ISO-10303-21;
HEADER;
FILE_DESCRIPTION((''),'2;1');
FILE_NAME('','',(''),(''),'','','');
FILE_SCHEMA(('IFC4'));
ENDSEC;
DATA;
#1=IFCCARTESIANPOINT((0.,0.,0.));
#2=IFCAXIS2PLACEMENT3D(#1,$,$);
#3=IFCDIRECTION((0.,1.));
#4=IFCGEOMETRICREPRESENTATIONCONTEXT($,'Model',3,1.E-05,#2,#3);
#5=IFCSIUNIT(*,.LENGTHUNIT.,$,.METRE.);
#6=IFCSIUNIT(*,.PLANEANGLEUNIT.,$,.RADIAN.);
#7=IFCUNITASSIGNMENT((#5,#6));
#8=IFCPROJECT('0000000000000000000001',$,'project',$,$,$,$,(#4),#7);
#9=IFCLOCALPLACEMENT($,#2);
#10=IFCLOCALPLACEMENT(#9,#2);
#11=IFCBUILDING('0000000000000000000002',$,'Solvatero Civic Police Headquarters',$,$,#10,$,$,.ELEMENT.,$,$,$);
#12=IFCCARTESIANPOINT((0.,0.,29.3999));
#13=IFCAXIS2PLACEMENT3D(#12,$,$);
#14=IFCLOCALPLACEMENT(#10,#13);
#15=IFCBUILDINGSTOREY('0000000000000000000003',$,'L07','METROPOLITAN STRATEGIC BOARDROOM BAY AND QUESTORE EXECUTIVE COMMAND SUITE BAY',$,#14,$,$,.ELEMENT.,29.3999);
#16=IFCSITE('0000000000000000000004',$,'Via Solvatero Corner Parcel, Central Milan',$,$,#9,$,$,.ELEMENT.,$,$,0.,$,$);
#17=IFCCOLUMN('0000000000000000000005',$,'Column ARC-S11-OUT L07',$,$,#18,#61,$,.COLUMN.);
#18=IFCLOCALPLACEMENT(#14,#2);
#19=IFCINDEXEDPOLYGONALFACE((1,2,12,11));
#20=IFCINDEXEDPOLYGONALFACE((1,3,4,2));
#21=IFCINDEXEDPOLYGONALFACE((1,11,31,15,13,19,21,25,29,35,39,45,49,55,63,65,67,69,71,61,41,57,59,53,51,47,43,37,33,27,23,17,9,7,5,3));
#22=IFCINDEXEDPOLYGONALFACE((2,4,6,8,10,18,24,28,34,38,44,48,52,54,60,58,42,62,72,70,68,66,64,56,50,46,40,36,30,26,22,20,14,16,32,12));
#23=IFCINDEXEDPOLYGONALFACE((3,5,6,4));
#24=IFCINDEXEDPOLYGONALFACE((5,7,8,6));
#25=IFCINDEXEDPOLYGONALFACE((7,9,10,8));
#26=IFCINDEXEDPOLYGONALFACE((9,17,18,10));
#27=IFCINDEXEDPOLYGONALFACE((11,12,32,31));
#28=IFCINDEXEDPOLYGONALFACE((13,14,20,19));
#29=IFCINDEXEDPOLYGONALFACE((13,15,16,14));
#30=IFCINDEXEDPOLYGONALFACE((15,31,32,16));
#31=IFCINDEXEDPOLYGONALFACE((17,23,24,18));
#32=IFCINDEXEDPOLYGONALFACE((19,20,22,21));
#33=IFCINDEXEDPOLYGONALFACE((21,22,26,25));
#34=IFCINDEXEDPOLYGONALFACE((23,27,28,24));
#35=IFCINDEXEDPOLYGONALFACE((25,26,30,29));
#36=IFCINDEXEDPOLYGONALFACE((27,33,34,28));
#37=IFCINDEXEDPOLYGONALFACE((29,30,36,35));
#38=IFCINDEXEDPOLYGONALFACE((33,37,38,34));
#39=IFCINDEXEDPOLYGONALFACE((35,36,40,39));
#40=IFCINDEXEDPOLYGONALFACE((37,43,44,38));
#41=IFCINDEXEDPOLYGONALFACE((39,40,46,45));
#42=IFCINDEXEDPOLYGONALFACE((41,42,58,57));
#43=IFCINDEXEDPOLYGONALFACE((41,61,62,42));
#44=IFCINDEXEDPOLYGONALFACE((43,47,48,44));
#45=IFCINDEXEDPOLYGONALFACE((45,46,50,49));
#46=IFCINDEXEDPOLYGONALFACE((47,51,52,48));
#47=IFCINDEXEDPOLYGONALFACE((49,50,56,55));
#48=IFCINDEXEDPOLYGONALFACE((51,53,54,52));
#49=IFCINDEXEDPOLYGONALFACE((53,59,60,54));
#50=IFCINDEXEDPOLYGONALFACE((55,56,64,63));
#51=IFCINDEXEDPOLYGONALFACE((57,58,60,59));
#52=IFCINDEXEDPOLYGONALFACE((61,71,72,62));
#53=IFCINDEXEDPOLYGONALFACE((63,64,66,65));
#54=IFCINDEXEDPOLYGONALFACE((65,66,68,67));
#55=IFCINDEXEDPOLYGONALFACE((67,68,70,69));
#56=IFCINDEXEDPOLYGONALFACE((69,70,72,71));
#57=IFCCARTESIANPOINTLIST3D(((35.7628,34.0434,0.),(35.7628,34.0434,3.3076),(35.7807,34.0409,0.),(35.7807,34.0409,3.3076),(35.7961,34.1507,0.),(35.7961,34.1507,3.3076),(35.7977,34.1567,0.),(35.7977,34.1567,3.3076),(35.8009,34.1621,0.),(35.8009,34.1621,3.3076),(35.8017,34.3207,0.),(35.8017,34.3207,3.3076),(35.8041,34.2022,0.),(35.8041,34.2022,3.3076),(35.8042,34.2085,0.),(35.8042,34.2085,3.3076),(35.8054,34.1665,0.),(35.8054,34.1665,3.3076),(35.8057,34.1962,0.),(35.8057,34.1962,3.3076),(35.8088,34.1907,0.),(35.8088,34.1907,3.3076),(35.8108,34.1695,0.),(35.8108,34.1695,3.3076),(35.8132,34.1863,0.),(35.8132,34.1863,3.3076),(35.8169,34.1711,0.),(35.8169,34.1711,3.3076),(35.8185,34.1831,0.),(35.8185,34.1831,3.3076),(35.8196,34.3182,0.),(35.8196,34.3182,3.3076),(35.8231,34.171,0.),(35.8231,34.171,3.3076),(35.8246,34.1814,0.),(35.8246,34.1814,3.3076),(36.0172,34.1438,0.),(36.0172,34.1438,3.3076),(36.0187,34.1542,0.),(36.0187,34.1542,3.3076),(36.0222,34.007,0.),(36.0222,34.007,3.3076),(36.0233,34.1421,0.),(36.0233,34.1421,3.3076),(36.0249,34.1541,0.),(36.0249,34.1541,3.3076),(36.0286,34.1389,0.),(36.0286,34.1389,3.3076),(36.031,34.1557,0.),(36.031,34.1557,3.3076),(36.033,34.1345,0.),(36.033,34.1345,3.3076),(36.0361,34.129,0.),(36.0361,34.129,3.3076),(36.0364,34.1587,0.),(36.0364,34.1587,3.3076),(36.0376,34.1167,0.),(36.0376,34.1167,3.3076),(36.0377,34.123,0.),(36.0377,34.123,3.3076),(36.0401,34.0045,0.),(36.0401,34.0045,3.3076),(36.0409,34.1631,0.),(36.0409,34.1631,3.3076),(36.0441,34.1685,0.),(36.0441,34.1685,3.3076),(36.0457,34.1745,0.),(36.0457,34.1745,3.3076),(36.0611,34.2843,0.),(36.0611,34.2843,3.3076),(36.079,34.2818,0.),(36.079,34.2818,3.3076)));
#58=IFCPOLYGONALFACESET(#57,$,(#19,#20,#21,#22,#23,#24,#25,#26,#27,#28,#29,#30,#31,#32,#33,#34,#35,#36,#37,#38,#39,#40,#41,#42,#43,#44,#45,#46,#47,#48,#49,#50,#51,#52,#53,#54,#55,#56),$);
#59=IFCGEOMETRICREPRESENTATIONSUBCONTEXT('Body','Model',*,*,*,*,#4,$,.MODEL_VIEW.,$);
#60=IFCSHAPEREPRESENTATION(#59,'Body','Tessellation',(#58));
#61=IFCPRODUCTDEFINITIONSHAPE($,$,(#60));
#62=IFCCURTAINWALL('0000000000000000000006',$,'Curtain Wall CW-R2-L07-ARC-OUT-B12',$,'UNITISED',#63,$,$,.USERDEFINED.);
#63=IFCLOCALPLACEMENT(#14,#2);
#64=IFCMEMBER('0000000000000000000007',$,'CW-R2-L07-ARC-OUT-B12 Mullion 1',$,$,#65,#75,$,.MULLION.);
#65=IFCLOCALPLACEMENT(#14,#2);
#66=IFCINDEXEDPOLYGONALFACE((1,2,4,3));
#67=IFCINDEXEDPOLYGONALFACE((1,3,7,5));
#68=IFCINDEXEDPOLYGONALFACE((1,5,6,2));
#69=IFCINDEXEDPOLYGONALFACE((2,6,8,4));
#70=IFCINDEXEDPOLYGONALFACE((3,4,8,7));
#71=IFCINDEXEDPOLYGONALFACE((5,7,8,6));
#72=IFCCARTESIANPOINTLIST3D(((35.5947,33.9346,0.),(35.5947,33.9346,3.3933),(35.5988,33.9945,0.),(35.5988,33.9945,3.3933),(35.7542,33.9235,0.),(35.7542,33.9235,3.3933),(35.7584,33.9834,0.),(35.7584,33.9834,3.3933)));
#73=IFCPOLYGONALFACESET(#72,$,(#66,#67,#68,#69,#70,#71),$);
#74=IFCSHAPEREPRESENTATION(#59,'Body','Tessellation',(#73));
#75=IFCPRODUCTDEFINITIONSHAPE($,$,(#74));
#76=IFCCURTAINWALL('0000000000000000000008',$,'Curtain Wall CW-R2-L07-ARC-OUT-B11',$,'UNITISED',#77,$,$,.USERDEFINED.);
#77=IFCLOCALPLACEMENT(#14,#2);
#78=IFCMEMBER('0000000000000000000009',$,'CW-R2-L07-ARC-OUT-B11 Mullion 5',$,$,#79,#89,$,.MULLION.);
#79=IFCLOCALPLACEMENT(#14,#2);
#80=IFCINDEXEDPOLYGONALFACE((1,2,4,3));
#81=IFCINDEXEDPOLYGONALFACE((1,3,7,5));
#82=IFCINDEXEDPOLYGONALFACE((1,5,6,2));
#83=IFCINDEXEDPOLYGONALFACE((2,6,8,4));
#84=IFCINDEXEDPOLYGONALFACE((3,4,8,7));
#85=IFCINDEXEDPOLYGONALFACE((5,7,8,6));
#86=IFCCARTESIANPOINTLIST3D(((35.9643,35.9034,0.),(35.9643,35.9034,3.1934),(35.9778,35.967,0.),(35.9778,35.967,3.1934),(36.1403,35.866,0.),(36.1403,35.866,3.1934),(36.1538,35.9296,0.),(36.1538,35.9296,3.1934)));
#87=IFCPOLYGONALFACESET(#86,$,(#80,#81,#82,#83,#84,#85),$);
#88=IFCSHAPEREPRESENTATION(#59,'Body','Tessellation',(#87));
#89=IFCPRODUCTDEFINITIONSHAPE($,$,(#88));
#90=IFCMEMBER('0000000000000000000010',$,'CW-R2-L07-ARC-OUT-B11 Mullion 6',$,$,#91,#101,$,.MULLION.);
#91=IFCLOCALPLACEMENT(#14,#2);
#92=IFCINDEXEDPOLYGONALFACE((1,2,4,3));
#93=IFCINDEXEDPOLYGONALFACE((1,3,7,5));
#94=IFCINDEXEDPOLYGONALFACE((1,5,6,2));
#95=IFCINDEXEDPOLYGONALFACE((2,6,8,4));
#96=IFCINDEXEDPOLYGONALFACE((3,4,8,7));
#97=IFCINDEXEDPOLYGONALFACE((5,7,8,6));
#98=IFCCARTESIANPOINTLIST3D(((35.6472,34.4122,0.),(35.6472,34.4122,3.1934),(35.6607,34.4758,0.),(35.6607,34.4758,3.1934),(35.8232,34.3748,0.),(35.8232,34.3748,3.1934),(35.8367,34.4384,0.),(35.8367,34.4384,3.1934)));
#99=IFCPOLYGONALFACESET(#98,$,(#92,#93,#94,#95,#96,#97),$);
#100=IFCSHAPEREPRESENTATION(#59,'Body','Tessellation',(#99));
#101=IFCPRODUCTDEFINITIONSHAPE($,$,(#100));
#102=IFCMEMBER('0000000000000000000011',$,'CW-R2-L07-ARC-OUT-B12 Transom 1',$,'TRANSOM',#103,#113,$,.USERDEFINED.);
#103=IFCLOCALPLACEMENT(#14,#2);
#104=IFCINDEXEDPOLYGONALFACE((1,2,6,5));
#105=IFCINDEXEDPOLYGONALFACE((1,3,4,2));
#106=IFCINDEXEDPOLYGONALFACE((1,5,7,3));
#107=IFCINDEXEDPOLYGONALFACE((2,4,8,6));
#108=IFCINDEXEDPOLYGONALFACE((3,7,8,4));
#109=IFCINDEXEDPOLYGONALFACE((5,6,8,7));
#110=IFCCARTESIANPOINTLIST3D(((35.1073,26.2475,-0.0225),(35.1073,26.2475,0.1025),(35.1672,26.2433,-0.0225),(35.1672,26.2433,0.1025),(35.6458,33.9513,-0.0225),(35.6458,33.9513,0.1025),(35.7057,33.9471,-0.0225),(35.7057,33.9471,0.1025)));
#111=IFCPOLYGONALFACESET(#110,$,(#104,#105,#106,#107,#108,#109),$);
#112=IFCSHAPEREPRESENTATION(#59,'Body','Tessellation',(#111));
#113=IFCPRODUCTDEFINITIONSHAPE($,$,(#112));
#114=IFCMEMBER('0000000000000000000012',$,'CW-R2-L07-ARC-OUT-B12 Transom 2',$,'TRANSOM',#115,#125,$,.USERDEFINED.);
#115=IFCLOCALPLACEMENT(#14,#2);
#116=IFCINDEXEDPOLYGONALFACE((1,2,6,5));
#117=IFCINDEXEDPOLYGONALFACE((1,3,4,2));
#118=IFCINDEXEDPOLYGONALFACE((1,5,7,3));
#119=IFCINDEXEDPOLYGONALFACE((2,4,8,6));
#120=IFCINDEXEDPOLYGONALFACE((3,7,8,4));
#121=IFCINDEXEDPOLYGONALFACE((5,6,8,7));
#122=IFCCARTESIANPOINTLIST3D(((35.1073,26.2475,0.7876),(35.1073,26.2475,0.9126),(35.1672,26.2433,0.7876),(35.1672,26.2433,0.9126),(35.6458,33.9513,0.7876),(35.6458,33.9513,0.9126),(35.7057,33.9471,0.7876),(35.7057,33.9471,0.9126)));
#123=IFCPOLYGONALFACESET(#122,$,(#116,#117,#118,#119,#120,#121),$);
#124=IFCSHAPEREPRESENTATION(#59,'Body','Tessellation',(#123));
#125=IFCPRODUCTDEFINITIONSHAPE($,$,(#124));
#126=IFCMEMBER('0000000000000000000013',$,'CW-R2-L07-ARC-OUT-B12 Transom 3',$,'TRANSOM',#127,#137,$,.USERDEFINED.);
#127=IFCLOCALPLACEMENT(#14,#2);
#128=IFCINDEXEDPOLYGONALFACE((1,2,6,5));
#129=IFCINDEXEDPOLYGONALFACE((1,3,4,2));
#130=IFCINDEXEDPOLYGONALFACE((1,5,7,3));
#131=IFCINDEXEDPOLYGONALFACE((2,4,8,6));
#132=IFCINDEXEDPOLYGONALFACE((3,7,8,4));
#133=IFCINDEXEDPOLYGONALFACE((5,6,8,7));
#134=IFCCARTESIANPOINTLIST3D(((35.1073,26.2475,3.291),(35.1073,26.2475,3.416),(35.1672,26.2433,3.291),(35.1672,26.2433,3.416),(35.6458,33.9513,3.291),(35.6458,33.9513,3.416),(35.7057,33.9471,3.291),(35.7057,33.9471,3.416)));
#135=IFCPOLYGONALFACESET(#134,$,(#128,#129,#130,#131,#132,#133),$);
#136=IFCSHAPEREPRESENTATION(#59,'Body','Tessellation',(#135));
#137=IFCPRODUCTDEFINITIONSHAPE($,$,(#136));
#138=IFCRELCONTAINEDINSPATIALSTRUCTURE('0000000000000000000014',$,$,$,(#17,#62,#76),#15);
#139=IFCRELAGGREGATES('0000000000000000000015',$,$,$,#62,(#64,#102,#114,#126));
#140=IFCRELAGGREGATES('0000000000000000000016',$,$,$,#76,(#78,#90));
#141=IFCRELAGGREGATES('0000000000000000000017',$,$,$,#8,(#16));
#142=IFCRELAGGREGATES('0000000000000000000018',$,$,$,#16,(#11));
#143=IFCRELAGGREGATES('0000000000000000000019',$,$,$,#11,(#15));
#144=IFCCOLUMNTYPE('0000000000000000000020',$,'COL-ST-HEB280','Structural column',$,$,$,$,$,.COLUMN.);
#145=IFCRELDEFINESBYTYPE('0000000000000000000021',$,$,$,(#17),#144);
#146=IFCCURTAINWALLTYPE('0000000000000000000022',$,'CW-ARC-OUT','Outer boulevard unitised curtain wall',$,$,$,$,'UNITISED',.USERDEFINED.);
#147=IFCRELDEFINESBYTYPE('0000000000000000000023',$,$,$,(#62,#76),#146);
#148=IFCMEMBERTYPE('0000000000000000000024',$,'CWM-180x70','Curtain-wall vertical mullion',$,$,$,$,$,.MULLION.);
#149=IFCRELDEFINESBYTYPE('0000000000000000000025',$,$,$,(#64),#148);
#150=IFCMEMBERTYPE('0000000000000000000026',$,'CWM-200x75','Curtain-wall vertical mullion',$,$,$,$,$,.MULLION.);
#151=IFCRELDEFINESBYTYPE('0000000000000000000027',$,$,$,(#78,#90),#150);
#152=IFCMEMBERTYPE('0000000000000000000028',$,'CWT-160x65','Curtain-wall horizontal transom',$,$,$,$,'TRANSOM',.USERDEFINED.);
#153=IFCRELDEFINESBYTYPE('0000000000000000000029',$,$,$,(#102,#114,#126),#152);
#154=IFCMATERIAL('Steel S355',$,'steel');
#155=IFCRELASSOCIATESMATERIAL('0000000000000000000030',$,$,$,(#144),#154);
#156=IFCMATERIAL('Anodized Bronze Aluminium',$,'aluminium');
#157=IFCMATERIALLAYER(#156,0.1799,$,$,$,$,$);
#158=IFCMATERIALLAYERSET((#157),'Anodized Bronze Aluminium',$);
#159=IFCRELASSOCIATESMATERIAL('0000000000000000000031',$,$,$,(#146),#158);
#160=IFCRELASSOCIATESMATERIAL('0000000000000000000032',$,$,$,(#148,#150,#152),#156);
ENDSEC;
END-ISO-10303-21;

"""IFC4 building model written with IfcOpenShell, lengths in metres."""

from ifc_helpers import new_model, si_unit, direction, frame, origin, origin_2d, place, context, subcontext, project, spatial, rectangle, i_section, extrude, material, layer, layer_set, material_profile, profile_set, type_object, element, aggregate, save


model = new_model("IFC4")

# Units and contexts
model_context = context("Model", 3, precision=1e-05, world=origin(), true_north=direction((0.0, 1.0)))
body_context = subcontext(model_context, "Body", "Model", "MODEL_VIEW")
ifc_project = project(units=[si_unit("LENGTHUNIT", "METRE"), si_unit("PLANEANGLEUNIT", "RADIAN")], contexts=[model_context])

# Site, building, storey
site_placement = place(None, origin())
site = spatial("IfcSite", under=ifc_project, at=site_placement, Name="Via Solvatero Corner Parcel, Central Milan", CompositionType="ELEMENT", RefElevation=0.0)
building_placement = place(site_placement, origin())
building = spatial("IfcBuilding", under=site, at=building_placement, Name="Solvatero Civic Police Headquarters", CompositionType="ELEMENT")
storey_placement = place(building_placement, frame((0.0, 0.0, 29.3999)))
storey = spatial("IfcBuildingStorey", under=building, at=storey_placement, Name="L07", Description="METROPOLITAN STRATEGIC BOARDROOM BAY AND QUESTORE EXECUTIVE COMMAND SUITE BAY", CompositionType="ELEMENT", Elevation=29.3999)

# Column
ifc_material_1 = material(Name="Steel S355", Category="steel")
ifc_material_profile_1 = material_profile(ifc_material_1, i_section(OverallWidth=0.28, OverallDepth=0.28, WebThickness=0.0105, FlangeThickness=0.0181, FilletRadius=0.0239, at=origin_2d()), Name="HEB 280")
ifc_profile_set_1 = profile_set([ifc_material_profile_1], Name="Steel S355")
column_type = type_object("IfcColumnType", Name="COL-ST-HEB280", Description="Structural column", PredefinedType="COLUMN", material=ifc_profile_set_1)
column_placement = place(storey_placement, frame((35.9209, 34.1626, 0.0), z_axis=(0.0, 0.0, 1.0), x_axis=(0.139173, 0.990268, 0.0)))
element("IfcColumn", 1, at=column_placement, inside=storey, type_object=column_type, Name="Column ARC-S11-OUT L07", PredefinedType="COLUMN", context=body_context, shape_type="SweptSolid", body=[
    extrude(i_section(OverallWidth=0.28, OverallDepth=0.28, WebThickness=0.0105, FlangeThickness=0.0181, FilletRadius=0.0239, at=origin_2d()), origin(), (0.0, 0.0, 1.0), 3.3076),
])

# Curtain wall, member
ifc_material_2 = material(Name="Anodized Bronze Aluminium", Category="aluminium")
ifc_layer_1 = layer(ifc_material_2, 0.1799)
ifc_layer_set_1 = layer_set([ifc_layer_1], Name="Anodized Bronze Aluminium")
curtain_wall_type = type_object("IfcCurtainWallType", Name="CW-ARC-OUT", Description="Outer boulevard unitised curtain wall", ElementType="UNITISED", PredefinedType="USERDEFINED", material=ifc_layer_set_1)
curtain_wall_1_placement = place(storey_placement, origin())
curtain_wall_1 = element("IfcCurtainWall", 2, at=curtain_wall_1_placement, inside=storey, type_object=curtain_wall_type, Name="Curtain Wall CW-R2-L07-ARC-OUT-B12", ObjectType="UNITISED", PredefinedType="USERDEFINED")
ifc_material_profile_2 = material_profile(ifc_material_2, rectangle(XDim=0.0601, YDim=0.1599, at=origin_2d()), Name="ALU MULLION 60x160")
ifc_profile_set_2 = profile_set([ifc_material_profile_2], Name="Anodized Bronze Aluminium")
member_type_1 = type_object("IfcMemberType", Name="CWM-180x70", Description="Curtain-wall vertical mullion", PredefinedType="MULLION", material=ifc_profile_set_2)
member_1_placement = place(storey_placement, frame((35.6765, 33.959, 0.0), z_axis=(0.0, 0.0, 1.0), x_axis=(-0.069739, -0.997565, 0.0)))
member_1 = element("IfcMember", 3, at=member_1_placement, type_object=member_type_1, Name="CW-R2-L07-ARC-OUT-B12 Mullion 1", PredefinedType="MULLION", context=body_context, shape_type="SweptSolid", body=[
    extrude(rectangle(XDim=0.0601, YDim=0.1599, at=origin_2d()), origin(), (0.0, 0.0, 1.0), 3.3933),
])

# Curtain wall, members
curtain_wall_2_placement = place(storey_placement, origin())
curtain_wall_2 = element("IfcCurtainWall", 4, at=curtain_wall_2_placement, inside=storey, type_object=curtain_wall_type, Name="Curtain Wall CW-R2-L07-ARC-OUT-B11", ObjectType="UNITISED", PredefinedType="USERDEFINED")
ifc_material_profile_3 = material_profile(ifc_material_2, rectangle(XDim=0.0649, YDim=0.1799, at=origin_2d()), Name="ALU MULLION 65x180")
ifc_profile_set_3 = profile_set([ifc_material_profile_3], Name="Anodized Bronze Aluminium")
member_type_2 = type_object("IfcMemberType", Name="CWM-200x75", Description="Curtain-wall vertical mullion", PredefinedType="MULLION", material=ifc_profile_set_3)
member_2_placement = place(storey_placement, frame((36.0591, 35.9165, 0.0), z_axis=(0.0, 0.0, 1.0), x_axis=(-0.207895, -0.978151, 0.0)))
member_2 = element("IfcMember", 5, at=member_2_placement, type_object=member_type_2, Name="CW-R2-L07-ARC-OUT-B11 Mullion 5", PredefinedType="MULLION", context=body_context, shape_type="SweptSolid", body=[
    extrude(rectangle(XDim=0.0649, YDim=0.1799, at=origin_2d()), origin(), (0.0, 0.0, 1.0), 3.1934),
])
member_3_placement = place(storey_placement, frame((35.7419, 34.4253, 0.0), z_axis=(0.0, 0.0, 1.0), x_axis=(-0.207895, -0.978151, 0.0)))
member_3 = element("IfcMember", 6, at=member_3_placement, type_object=member_type_2, Name="CW-R2-L07-ARC-OUT-B11 Mullion 6", PredefinedType="MULLION", context=body_context, shape_type="SweptSolid", body=[
    extrude(rectangle(XDim=0.0649, YDim=0.1799, at=origin_2d()), origin(), (0.0, 0.0, 1.0), 3.1934),
])

# Members
ifc_material_profile_4 = material_profile(ifc_material_2, rectangle(XDim=0.0601, YDim=0.125, at=origin_2d()), Name="ALU TRANSOM 60x125")
ifc_profile_set_4 = profile_set([ifc_material_profile_4], Name="Anodized Bronze Aluminium")
member_type_3 = type_object("IfcMemberType", Name="CWT-160x65", Description="Curtain-wall horizontal transom", ElementType="TRANSOM", PredefinedType="USERDEFINED", material=ifc_profile_set_4)
member_4_placement = place(storey_placement, frame((35.6758, 33.9492, 0.04), z_axis=(-0.069739, -0.997565, 0.0), x_axis=(0.997565, -0.069739, 0.0)))
member_4 = element("IfcMember", 7, at=member_4_placement, type_object=member_type_3, Name="CW-R2-L07-ARC-OUT-B12 Transom 1", ObjectType="TRANSOM", PredefinedType="USERDEFINED", context=body_context, shape_type="SweptSolid", body=[
    extrude(rectangle(XDim=0.0601, YDim=0.125, at=origin_2d()), origin(), (0.0, 0.0, 1.0), 7.7227),
])
member_5_placement = place(storey_placement, frame((35.6758, 33.9492, 0.8501), z_axis=(-0.069739, -0.997565, 0.0), x_axis=(0.997565, -0.069739, 0.0)))
member_5 = element("IfcMember", 8, at=member_5_placement, type_object=member_type_3, Name="CW-R2-L07-ARC-OUT-B12 Transom 2", ObjectType="TRANSOM", PredefinedType="USERDEFINED", context=body_context, shape_type="SweptSolid", body=[
    extrude(rectangle(XDim=0.0601, YDim=0.125, at=origin_2d()), origin(), (0.0, 0.0, 1.0), 7.7227),
])
member_6_placement = place(storey_placement, frame((35.6758, 33.9492, 3.3535), z_axis=(-0.069739, -0.997565, 0.0), x_axis=(0.997565, -0.069739, 0.0)))
member_6 = element("IfcMember", 9, at=member_6_placement, type_object=member_type_3, Name="CW-R2-L07-ARC-OUT-B12 Transom 3", ObjectType="TRANSOM", PredefinedType="USERDEFINED", context=body_context, shape_type="SweptSolid", body=[
    extrude(rectangle(XDim=0.0601, YDim=0.125, at=origin_2d()), origin(), (0.0, 0.0, 1.0), 7.7227),
])
aggregate(curtain_wall_1, [member_1, member_4, member_5, member_6])

aggregate(curtain_wall_2, [member_2, member_3])

save(model, "model.ifc")
